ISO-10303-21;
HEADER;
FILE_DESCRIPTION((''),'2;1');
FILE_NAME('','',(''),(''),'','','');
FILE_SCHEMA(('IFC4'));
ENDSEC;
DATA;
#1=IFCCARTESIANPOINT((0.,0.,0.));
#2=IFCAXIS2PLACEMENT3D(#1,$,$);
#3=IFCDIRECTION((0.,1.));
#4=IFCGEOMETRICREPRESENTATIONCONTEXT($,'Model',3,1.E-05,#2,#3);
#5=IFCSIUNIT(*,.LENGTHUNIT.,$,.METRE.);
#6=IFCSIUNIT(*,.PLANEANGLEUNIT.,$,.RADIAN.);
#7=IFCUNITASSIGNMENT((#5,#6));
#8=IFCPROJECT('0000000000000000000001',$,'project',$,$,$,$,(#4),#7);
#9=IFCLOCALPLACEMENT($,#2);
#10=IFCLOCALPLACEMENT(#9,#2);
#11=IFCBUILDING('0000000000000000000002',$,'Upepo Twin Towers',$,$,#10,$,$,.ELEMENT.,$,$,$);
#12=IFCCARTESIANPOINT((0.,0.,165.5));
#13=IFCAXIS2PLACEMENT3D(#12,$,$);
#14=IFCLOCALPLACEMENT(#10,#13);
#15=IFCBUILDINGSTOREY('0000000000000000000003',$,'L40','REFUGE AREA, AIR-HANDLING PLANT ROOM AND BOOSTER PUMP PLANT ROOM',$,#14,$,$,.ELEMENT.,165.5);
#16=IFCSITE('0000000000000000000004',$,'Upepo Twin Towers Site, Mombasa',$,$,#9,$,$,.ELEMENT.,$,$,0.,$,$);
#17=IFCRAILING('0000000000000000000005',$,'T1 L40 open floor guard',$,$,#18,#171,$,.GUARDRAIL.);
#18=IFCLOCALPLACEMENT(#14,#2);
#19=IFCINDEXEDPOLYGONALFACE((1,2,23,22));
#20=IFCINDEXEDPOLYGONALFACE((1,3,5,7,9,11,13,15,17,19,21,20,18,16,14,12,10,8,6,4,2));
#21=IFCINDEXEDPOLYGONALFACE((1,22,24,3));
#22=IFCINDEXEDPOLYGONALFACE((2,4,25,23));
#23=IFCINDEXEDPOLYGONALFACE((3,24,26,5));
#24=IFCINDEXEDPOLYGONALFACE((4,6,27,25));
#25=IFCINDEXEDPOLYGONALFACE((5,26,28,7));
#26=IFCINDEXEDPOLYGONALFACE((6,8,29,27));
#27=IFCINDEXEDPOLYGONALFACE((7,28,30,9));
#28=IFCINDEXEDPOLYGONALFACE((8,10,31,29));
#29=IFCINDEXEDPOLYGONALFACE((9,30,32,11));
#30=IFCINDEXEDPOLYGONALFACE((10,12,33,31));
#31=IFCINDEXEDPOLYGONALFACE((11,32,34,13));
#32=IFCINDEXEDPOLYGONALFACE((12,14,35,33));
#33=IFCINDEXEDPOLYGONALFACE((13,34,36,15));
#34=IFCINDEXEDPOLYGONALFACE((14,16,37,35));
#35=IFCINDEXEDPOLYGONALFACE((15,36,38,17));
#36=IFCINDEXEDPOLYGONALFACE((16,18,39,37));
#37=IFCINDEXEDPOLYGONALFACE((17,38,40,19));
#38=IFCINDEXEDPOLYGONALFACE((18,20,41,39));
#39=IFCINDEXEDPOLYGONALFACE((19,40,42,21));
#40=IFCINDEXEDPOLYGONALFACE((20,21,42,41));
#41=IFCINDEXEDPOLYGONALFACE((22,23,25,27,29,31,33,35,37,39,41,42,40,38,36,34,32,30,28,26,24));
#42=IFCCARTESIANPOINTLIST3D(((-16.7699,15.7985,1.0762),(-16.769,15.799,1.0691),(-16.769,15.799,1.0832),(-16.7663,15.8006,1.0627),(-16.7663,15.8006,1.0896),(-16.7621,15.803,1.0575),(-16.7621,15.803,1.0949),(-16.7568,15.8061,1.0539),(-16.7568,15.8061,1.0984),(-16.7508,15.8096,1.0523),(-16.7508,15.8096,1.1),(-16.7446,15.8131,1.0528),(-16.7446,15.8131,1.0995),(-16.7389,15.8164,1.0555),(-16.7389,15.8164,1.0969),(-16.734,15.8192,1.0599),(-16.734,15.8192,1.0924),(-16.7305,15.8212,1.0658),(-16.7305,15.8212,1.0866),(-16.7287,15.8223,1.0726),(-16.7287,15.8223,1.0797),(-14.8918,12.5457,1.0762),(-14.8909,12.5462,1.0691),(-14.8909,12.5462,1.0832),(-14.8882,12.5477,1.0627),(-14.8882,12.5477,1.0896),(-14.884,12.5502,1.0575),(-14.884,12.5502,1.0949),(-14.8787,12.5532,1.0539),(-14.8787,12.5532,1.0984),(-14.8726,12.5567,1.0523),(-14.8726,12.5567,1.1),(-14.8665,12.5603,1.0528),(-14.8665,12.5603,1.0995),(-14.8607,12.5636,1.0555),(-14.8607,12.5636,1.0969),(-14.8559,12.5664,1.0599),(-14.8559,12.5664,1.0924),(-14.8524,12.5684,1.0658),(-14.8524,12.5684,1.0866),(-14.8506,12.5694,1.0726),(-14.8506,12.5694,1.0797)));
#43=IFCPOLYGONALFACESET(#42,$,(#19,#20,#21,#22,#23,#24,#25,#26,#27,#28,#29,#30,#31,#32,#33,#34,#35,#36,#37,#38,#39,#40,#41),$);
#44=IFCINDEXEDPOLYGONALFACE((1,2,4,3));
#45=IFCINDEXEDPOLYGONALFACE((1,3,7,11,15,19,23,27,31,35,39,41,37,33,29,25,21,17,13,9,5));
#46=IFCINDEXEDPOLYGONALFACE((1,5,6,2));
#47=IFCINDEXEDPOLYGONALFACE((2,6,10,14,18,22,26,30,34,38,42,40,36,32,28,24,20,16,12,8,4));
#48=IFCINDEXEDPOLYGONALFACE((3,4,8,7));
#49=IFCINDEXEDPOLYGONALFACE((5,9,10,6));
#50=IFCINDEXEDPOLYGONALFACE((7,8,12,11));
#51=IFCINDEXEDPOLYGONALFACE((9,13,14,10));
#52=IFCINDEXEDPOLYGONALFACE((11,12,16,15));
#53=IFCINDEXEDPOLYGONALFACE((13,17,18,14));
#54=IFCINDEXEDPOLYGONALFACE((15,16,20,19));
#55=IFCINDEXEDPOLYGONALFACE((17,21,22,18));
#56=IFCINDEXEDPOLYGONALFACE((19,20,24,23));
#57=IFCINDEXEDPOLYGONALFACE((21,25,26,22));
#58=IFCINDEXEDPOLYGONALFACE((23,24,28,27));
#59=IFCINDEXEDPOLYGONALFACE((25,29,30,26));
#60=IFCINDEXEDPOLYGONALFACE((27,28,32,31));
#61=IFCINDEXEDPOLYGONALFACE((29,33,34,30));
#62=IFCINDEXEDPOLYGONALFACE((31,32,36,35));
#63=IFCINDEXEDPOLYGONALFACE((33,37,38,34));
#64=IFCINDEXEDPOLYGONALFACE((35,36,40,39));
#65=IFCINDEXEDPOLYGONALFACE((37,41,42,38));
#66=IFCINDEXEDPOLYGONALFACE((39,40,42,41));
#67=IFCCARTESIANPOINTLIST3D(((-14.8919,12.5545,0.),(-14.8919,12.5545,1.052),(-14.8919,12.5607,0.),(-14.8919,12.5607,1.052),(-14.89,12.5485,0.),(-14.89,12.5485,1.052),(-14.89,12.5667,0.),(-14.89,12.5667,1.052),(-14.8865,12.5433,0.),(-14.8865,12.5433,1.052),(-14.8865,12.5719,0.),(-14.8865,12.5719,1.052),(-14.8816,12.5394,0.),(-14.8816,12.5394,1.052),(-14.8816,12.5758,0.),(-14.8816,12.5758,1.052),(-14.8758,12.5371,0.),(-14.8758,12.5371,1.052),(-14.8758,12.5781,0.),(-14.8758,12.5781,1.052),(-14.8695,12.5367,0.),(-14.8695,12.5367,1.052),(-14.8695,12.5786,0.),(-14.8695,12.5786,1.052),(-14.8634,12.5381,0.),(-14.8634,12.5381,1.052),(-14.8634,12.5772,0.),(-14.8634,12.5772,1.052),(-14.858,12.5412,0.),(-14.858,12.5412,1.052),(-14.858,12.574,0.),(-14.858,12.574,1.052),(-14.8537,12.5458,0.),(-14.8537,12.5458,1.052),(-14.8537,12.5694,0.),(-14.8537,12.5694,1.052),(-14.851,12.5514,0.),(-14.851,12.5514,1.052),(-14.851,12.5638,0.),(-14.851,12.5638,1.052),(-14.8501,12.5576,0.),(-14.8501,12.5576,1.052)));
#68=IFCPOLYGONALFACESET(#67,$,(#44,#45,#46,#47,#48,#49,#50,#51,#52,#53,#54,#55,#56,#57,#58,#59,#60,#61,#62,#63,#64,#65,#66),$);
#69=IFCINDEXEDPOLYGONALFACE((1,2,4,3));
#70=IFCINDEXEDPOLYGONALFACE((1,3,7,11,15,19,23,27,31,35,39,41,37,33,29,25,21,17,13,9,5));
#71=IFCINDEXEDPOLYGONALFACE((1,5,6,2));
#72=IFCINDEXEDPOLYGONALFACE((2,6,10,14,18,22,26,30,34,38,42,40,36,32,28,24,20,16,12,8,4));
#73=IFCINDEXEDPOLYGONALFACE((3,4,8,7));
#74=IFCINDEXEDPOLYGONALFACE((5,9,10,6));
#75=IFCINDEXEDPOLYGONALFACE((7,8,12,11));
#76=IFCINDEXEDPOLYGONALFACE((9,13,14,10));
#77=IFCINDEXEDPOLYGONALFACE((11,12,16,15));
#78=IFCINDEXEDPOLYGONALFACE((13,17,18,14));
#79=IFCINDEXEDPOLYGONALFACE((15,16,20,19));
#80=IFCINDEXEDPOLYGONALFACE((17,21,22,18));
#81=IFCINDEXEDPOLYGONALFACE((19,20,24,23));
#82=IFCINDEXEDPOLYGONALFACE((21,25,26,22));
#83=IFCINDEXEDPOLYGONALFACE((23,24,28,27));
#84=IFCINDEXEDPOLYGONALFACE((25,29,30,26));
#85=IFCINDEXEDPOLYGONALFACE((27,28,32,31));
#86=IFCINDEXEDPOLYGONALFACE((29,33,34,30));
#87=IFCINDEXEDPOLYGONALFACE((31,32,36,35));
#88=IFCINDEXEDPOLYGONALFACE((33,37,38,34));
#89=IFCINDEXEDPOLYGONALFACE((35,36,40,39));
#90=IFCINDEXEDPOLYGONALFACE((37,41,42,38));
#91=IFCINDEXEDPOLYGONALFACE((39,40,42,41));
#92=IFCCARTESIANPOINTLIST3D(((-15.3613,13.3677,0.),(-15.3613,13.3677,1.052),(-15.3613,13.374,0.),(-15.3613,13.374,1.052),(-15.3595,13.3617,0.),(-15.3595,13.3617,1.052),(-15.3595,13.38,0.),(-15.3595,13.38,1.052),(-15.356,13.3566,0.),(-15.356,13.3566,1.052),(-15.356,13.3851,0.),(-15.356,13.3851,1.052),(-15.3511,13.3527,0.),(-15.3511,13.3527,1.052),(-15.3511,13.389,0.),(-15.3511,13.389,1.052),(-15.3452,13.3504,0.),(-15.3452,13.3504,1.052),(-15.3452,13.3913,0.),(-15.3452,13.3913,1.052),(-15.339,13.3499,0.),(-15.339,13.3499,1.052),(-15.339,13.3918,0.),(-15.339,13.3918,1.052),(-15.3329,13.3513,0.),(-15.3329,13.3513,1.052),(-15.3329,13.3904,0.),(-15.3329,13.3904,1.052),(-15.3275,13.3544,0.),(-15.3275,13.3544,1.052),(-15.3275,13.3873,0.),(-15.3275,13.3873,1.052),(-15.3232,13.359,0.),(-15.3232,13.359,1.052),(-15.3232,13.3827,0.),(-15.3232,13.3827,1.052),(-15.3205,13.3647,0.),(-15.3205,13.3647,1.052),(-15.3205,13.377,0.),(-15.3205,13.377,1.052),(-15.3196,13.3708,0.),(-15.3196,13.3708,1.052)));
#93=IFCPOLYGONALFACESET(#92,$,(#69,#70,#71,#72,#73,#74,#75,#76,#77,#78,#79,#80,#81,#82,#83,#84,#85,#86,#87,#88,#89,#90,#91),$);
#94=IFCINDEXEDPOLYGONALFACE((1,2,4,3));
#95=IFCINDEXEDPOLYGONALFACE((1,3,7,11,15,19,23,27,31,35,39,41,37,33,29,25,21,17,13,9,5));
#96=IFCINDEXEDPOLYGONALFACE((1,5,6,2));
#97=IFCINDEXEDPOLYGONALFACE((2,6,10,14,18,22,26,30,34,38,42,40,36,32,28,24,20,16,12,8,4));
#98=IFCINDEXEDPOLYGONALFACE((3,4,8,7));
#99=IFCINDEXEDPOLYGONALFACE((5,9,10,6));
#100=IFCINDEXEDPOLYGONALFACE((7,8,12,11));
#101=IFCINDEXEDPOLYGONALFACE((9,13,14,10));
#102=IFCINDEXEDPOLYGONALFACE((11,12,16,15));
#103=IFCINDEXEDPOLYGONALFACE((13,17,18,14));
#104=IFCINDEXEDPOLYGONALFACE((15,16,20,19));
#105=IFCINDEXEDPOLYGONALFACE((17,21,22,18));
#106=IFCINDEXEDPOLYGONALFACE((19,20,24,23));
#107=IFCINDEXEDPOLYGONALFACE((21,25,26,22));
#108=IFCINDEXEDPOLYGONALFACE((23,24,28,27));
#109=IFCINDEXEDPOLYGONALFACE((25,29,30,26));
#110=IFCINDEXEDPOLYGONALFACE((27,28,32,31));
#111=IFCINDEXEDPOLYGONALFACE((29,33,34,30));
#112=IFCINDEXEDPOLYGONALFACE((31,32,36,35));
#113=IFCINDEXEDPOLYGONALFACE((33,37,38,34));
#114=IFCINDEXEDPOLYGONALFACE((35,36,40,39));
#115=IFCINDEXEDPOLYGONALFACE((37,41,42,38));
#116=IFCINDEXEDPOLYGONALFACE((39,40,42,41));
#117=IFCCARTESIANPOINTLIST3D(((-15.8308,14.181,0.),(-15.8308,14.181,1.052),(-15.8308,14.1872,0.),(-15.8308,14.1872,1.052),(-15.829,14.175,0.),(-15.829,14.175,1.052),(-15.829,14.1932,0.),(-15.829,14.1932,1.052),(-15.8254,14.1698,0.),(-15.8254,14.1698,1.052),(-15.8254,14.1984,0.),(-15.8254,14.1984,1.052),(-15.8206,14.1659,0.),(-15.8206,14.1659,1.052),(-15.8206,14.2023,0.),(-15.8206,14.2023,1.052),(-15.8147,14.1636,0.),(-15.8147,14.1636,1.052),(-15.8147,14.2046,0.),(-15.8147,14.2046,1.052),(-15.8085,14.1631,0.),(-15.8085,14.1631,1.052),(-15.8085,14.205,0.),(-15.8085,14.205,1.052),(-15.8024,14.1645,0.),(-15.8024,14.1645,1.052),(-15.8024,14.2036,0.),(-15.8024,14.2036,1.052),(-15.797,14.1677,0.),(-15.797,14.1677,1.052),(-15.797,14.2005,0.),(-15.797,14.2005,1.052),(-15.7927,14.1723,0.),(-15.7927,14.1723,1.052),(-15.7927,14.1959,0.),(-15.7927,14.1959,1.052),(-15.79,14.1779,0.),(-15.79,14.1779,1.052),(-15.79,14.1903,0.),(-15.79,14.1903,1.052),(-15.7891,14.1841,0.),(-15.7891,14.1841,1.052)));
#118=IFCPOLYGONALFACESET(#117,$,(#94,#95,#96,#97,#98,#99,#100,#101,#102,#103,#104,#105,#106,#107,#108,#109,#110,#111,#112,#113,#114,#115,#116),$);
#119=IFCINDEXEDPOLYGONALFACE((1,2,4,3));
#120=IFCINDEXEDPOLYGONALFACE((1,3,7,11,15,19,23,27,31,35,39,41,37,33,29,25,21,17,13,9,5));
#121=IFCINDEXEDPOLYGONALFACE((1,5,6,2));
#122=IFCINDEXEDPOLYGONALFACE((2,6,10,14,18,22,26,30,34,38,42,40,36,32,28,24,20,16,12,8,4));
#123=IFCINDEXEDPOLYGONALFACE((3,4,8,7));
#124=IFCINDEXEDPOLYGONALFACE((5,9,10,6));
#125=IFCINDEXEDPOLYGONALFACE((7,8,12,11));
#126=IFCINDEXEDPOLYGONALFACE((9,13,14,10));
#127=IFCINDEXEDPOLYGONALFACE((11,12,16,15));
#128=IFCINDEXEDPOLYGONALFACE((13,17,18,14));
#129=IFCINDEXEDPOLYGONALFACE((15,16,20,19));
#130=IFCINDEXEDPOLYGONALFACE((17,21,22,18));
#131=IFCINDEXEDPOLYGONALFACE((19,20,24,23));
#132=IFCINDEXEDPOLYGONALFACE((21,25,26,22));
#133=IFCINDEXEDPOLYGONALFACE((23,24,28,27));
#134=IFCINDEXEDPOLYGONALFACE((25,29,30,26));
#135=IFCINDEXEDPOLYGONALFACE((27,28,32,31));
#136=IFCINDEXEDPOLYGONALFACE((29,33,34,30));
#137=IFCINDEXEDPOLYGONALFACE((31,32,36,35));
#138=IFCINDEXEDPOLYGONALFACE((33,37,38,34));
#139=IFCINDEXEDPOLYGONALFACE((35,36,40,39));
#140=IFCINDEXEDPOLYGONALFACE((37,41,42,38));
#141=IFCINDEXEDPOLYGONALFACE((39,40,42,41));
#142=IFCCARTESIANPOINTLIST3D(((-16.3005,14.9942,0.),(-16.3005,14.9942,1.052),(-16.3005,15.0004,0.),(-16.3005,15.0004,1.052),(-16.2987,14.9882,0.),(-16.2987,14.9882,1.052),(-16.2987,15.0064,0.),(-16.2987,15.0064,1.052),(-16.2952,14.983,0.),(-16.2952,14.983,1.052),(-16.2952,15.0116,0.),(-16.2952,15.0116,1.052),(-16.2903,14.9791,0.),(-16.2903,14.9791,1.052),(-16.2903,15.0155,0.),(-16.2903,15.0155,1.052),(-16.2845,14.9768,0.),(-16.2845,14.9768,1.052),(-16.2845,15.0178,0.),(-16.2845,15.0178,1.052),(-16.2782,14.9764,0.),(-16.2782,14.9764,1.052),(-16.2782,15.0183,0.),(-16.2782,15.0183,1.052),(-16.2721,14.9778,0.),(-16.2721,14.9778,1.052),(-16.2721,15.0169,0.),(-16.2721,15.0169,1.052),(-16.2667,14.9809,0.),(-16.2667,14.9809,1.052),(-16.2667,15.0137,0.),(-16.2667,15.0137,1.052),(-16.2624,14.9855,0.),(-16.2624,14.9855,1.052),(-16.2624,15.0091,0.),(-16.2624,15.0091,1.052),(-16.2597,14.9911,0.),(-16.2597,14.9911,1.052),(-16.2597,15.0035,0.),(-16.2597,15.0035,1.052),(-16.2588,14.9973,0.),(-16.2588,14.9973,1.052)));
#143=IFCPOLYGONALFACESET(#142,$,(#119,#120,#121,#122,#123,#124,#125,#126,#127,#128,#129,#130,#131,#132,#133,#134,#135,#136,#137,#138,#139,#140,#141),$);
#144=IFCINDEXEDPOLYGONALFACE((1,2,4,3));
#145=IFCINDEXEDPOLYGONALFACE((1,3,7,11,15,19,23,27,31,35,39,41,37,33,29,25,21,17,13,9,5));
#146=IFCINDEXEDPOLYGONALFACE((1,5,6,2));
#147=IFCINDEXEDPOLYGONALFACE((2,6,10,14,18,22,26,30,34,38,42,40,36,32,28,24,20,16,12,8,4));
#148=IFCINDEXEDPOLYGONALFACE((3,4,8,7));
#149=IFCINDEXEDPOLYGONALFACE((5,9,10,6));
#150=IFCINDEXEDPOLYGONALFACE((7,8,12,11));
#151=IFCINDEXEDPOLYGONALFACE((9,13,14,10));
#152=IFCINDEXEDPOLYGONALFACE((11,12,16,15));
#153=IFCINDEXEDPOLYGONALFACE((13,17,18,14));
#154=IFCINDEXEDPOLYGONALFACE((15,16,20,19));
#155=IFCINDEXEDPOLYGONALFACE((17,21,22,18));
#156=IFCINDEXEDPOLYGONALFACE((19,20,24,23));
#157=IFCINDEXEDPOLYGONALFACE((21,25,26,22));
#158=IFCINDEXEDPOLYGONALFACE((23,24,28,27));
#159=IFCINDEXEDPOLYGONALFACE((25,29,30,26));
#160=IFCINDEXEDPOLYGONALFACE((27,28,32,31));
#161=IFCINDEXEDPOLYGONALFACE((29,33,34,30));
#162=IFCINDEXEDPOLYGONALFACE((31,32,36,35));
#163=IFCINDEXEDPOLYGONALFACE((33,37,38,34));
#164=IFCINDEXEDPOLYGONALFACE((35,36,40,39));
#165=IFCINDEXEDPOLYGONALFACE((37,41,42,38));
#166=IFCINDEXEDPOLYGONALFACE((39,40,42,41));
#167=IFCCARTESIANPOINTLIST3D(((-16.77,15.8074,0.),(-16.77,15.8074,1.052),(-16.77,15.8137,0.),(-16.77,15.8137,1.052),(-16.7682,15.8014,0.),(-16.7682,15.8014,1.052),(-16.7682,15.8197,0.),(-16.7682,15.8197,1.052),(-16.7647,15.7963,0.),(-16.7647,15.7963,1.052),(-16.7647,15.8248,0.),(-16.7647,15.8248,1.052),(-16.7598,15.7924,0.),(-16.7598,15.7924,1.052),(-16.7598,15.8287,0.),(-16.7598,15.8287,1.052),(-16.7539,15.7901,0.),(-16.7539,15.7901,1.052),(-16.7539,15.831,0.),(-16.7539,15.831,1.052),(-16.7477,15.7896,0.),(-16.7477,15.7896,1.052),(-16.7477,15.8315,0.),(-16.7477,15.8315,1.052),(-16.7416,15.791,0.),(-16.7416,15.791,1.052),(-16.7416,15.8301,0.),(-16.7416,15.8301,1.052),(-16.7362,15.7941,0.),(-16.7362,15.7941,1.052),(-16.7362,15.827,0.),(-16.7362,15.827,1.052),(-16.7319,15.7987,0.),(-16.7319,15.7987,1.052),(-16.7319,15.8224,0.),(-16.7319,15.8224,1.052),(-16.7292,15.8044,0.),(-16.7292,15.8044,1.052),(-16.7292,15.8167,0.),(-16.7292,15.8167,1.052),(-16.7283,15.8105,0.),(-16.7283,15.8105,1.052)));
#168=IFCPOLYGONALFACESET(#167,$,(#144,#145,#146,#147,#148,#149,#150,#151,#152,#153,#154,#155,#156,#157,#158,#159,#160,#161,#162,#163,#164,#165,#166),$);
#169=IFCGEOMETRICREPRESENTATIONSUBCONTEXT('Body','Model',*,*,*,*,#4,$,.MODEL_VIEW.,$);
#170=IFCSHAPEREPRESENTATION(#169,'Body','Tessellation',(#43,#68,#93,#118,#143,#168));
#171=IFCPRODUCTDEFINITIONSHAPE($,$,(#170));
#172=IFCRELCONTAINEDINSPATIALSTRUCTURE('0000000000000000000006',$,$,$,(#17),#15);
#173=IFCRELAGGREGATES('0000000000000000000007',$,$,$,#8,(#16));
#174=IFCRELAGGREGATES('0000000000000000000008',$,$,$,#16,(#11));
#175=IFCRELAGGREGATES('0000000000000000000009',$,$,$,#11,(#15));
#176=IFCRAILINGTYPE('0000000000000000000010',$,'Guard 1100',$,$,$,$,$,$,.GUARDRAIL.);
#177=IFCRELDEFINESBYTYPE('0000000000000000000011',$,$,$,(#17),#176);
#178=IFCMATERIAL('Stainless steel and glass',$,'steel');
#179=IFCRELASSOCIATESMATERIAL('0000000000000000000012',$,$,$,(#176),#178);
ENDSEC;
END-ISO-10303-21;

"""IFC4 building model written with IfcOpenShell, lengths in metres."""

from ifc_helpers import new_model, si_unit, direction, frame, origin, origin_2d, place, context, subcontext, project, spatial, circle, extrude, material, type_object, element, save


model = new_model("IFC4")

# Units and contexts
model_context = context("Model", 3, precision=1e-05, world=origin(), true_north=direction((0.0, 1.0)))
body_context = subcontext(model_context, "Body", "Model", "MODEL_VIEW")
ifc_project = project(units=[si_unit("LENGTHUNIT", "METRE"), si_unit("PLANEANGLEUNIT", "RADIAN")], contexts=[model_context])

# Site, building, storey
site_placement = place(None, origin())
site = spatial("IfcSite", under=ifc_project, at=site_placement, Name="Upepo Twin Towers Site, Mombasa", CompositionType="ELEMENT", RefElevation=0.0)
building_placement = place(site_placement, origin())
building = spatial("IfcBuilding", under=site, at=building_placement, Name="Upepo Twin Towers", CompositionType="ELEMENT")
storey_placement = place(building_placement, frame((0.0, 0.0, 165.5)))
storey = spatial("IfcBuildingStorey", under=building, at=storey_placement, Name="L40", Description="REFUGE AREA, AIR-HANDLING PLANT ROOM AND BOOSTER PUMP PLANT ROOM", CompositionType="ELEMENT", Elevation=165.5)

# Railing
ifc_material_1 = material(Name="Stainless steel and glass", Category="steel")
railing_type_1 = type_object("IfcRailingType", Name="Guard 1100", PredefinedType="GUARDRAIL", material=ifc_material_1)
railing_1_placement = place(storey_placement, frame((-14.8711, 12.5576, 0.0)))
element("IfcRailing", 1, at=railing_1_placement, inside=storey, type_object=railing_type_1, Name="T1 L40 open floor guard", PredefinedType="GUARDRAIL", context=body_context, shape_type="SweptSolid", body=[
    extrude(circle(Radius=0.0239, at=origin_2d()), frame((0.0, 0.0, 1.0762), z_axis=(-0.500019, 0.866015, 0.0), x_axis=(-0.866015, -0.500019, 0.0)), (0.0, 0.0, 1.0), 3.7561),
    extrude(circle(Radius=0.021, at=origin_2d()), origin(), (0.0, 0.0, 1.0), 1.052),
    extrude(circle(Radius=0.021, at=origin_2d()), frame((-0.4695, 0.8132, 0.0)), (0.0, 0.0, 1.0), 1.052),
    extrude(circle(Radius=0.021, at=origin_2d()), frame((-0.939, 1.6265, 0.0)), (0.0, 0.0, 1.0), 1.052),
    extrude(circle(Radius=0.021, at=origin_2d()), frame((-1.4087, 2.4397, 0.0)), (0.0, 0.0, 1.0), 1.052),
    extrude(circle(Radius=0.021, at=origin_2d()), frame((-1.8782, 3.2529, 0.0)), (0.0, 0.0, 1.0), 1.052),
])

save(model, "model.ifc")
